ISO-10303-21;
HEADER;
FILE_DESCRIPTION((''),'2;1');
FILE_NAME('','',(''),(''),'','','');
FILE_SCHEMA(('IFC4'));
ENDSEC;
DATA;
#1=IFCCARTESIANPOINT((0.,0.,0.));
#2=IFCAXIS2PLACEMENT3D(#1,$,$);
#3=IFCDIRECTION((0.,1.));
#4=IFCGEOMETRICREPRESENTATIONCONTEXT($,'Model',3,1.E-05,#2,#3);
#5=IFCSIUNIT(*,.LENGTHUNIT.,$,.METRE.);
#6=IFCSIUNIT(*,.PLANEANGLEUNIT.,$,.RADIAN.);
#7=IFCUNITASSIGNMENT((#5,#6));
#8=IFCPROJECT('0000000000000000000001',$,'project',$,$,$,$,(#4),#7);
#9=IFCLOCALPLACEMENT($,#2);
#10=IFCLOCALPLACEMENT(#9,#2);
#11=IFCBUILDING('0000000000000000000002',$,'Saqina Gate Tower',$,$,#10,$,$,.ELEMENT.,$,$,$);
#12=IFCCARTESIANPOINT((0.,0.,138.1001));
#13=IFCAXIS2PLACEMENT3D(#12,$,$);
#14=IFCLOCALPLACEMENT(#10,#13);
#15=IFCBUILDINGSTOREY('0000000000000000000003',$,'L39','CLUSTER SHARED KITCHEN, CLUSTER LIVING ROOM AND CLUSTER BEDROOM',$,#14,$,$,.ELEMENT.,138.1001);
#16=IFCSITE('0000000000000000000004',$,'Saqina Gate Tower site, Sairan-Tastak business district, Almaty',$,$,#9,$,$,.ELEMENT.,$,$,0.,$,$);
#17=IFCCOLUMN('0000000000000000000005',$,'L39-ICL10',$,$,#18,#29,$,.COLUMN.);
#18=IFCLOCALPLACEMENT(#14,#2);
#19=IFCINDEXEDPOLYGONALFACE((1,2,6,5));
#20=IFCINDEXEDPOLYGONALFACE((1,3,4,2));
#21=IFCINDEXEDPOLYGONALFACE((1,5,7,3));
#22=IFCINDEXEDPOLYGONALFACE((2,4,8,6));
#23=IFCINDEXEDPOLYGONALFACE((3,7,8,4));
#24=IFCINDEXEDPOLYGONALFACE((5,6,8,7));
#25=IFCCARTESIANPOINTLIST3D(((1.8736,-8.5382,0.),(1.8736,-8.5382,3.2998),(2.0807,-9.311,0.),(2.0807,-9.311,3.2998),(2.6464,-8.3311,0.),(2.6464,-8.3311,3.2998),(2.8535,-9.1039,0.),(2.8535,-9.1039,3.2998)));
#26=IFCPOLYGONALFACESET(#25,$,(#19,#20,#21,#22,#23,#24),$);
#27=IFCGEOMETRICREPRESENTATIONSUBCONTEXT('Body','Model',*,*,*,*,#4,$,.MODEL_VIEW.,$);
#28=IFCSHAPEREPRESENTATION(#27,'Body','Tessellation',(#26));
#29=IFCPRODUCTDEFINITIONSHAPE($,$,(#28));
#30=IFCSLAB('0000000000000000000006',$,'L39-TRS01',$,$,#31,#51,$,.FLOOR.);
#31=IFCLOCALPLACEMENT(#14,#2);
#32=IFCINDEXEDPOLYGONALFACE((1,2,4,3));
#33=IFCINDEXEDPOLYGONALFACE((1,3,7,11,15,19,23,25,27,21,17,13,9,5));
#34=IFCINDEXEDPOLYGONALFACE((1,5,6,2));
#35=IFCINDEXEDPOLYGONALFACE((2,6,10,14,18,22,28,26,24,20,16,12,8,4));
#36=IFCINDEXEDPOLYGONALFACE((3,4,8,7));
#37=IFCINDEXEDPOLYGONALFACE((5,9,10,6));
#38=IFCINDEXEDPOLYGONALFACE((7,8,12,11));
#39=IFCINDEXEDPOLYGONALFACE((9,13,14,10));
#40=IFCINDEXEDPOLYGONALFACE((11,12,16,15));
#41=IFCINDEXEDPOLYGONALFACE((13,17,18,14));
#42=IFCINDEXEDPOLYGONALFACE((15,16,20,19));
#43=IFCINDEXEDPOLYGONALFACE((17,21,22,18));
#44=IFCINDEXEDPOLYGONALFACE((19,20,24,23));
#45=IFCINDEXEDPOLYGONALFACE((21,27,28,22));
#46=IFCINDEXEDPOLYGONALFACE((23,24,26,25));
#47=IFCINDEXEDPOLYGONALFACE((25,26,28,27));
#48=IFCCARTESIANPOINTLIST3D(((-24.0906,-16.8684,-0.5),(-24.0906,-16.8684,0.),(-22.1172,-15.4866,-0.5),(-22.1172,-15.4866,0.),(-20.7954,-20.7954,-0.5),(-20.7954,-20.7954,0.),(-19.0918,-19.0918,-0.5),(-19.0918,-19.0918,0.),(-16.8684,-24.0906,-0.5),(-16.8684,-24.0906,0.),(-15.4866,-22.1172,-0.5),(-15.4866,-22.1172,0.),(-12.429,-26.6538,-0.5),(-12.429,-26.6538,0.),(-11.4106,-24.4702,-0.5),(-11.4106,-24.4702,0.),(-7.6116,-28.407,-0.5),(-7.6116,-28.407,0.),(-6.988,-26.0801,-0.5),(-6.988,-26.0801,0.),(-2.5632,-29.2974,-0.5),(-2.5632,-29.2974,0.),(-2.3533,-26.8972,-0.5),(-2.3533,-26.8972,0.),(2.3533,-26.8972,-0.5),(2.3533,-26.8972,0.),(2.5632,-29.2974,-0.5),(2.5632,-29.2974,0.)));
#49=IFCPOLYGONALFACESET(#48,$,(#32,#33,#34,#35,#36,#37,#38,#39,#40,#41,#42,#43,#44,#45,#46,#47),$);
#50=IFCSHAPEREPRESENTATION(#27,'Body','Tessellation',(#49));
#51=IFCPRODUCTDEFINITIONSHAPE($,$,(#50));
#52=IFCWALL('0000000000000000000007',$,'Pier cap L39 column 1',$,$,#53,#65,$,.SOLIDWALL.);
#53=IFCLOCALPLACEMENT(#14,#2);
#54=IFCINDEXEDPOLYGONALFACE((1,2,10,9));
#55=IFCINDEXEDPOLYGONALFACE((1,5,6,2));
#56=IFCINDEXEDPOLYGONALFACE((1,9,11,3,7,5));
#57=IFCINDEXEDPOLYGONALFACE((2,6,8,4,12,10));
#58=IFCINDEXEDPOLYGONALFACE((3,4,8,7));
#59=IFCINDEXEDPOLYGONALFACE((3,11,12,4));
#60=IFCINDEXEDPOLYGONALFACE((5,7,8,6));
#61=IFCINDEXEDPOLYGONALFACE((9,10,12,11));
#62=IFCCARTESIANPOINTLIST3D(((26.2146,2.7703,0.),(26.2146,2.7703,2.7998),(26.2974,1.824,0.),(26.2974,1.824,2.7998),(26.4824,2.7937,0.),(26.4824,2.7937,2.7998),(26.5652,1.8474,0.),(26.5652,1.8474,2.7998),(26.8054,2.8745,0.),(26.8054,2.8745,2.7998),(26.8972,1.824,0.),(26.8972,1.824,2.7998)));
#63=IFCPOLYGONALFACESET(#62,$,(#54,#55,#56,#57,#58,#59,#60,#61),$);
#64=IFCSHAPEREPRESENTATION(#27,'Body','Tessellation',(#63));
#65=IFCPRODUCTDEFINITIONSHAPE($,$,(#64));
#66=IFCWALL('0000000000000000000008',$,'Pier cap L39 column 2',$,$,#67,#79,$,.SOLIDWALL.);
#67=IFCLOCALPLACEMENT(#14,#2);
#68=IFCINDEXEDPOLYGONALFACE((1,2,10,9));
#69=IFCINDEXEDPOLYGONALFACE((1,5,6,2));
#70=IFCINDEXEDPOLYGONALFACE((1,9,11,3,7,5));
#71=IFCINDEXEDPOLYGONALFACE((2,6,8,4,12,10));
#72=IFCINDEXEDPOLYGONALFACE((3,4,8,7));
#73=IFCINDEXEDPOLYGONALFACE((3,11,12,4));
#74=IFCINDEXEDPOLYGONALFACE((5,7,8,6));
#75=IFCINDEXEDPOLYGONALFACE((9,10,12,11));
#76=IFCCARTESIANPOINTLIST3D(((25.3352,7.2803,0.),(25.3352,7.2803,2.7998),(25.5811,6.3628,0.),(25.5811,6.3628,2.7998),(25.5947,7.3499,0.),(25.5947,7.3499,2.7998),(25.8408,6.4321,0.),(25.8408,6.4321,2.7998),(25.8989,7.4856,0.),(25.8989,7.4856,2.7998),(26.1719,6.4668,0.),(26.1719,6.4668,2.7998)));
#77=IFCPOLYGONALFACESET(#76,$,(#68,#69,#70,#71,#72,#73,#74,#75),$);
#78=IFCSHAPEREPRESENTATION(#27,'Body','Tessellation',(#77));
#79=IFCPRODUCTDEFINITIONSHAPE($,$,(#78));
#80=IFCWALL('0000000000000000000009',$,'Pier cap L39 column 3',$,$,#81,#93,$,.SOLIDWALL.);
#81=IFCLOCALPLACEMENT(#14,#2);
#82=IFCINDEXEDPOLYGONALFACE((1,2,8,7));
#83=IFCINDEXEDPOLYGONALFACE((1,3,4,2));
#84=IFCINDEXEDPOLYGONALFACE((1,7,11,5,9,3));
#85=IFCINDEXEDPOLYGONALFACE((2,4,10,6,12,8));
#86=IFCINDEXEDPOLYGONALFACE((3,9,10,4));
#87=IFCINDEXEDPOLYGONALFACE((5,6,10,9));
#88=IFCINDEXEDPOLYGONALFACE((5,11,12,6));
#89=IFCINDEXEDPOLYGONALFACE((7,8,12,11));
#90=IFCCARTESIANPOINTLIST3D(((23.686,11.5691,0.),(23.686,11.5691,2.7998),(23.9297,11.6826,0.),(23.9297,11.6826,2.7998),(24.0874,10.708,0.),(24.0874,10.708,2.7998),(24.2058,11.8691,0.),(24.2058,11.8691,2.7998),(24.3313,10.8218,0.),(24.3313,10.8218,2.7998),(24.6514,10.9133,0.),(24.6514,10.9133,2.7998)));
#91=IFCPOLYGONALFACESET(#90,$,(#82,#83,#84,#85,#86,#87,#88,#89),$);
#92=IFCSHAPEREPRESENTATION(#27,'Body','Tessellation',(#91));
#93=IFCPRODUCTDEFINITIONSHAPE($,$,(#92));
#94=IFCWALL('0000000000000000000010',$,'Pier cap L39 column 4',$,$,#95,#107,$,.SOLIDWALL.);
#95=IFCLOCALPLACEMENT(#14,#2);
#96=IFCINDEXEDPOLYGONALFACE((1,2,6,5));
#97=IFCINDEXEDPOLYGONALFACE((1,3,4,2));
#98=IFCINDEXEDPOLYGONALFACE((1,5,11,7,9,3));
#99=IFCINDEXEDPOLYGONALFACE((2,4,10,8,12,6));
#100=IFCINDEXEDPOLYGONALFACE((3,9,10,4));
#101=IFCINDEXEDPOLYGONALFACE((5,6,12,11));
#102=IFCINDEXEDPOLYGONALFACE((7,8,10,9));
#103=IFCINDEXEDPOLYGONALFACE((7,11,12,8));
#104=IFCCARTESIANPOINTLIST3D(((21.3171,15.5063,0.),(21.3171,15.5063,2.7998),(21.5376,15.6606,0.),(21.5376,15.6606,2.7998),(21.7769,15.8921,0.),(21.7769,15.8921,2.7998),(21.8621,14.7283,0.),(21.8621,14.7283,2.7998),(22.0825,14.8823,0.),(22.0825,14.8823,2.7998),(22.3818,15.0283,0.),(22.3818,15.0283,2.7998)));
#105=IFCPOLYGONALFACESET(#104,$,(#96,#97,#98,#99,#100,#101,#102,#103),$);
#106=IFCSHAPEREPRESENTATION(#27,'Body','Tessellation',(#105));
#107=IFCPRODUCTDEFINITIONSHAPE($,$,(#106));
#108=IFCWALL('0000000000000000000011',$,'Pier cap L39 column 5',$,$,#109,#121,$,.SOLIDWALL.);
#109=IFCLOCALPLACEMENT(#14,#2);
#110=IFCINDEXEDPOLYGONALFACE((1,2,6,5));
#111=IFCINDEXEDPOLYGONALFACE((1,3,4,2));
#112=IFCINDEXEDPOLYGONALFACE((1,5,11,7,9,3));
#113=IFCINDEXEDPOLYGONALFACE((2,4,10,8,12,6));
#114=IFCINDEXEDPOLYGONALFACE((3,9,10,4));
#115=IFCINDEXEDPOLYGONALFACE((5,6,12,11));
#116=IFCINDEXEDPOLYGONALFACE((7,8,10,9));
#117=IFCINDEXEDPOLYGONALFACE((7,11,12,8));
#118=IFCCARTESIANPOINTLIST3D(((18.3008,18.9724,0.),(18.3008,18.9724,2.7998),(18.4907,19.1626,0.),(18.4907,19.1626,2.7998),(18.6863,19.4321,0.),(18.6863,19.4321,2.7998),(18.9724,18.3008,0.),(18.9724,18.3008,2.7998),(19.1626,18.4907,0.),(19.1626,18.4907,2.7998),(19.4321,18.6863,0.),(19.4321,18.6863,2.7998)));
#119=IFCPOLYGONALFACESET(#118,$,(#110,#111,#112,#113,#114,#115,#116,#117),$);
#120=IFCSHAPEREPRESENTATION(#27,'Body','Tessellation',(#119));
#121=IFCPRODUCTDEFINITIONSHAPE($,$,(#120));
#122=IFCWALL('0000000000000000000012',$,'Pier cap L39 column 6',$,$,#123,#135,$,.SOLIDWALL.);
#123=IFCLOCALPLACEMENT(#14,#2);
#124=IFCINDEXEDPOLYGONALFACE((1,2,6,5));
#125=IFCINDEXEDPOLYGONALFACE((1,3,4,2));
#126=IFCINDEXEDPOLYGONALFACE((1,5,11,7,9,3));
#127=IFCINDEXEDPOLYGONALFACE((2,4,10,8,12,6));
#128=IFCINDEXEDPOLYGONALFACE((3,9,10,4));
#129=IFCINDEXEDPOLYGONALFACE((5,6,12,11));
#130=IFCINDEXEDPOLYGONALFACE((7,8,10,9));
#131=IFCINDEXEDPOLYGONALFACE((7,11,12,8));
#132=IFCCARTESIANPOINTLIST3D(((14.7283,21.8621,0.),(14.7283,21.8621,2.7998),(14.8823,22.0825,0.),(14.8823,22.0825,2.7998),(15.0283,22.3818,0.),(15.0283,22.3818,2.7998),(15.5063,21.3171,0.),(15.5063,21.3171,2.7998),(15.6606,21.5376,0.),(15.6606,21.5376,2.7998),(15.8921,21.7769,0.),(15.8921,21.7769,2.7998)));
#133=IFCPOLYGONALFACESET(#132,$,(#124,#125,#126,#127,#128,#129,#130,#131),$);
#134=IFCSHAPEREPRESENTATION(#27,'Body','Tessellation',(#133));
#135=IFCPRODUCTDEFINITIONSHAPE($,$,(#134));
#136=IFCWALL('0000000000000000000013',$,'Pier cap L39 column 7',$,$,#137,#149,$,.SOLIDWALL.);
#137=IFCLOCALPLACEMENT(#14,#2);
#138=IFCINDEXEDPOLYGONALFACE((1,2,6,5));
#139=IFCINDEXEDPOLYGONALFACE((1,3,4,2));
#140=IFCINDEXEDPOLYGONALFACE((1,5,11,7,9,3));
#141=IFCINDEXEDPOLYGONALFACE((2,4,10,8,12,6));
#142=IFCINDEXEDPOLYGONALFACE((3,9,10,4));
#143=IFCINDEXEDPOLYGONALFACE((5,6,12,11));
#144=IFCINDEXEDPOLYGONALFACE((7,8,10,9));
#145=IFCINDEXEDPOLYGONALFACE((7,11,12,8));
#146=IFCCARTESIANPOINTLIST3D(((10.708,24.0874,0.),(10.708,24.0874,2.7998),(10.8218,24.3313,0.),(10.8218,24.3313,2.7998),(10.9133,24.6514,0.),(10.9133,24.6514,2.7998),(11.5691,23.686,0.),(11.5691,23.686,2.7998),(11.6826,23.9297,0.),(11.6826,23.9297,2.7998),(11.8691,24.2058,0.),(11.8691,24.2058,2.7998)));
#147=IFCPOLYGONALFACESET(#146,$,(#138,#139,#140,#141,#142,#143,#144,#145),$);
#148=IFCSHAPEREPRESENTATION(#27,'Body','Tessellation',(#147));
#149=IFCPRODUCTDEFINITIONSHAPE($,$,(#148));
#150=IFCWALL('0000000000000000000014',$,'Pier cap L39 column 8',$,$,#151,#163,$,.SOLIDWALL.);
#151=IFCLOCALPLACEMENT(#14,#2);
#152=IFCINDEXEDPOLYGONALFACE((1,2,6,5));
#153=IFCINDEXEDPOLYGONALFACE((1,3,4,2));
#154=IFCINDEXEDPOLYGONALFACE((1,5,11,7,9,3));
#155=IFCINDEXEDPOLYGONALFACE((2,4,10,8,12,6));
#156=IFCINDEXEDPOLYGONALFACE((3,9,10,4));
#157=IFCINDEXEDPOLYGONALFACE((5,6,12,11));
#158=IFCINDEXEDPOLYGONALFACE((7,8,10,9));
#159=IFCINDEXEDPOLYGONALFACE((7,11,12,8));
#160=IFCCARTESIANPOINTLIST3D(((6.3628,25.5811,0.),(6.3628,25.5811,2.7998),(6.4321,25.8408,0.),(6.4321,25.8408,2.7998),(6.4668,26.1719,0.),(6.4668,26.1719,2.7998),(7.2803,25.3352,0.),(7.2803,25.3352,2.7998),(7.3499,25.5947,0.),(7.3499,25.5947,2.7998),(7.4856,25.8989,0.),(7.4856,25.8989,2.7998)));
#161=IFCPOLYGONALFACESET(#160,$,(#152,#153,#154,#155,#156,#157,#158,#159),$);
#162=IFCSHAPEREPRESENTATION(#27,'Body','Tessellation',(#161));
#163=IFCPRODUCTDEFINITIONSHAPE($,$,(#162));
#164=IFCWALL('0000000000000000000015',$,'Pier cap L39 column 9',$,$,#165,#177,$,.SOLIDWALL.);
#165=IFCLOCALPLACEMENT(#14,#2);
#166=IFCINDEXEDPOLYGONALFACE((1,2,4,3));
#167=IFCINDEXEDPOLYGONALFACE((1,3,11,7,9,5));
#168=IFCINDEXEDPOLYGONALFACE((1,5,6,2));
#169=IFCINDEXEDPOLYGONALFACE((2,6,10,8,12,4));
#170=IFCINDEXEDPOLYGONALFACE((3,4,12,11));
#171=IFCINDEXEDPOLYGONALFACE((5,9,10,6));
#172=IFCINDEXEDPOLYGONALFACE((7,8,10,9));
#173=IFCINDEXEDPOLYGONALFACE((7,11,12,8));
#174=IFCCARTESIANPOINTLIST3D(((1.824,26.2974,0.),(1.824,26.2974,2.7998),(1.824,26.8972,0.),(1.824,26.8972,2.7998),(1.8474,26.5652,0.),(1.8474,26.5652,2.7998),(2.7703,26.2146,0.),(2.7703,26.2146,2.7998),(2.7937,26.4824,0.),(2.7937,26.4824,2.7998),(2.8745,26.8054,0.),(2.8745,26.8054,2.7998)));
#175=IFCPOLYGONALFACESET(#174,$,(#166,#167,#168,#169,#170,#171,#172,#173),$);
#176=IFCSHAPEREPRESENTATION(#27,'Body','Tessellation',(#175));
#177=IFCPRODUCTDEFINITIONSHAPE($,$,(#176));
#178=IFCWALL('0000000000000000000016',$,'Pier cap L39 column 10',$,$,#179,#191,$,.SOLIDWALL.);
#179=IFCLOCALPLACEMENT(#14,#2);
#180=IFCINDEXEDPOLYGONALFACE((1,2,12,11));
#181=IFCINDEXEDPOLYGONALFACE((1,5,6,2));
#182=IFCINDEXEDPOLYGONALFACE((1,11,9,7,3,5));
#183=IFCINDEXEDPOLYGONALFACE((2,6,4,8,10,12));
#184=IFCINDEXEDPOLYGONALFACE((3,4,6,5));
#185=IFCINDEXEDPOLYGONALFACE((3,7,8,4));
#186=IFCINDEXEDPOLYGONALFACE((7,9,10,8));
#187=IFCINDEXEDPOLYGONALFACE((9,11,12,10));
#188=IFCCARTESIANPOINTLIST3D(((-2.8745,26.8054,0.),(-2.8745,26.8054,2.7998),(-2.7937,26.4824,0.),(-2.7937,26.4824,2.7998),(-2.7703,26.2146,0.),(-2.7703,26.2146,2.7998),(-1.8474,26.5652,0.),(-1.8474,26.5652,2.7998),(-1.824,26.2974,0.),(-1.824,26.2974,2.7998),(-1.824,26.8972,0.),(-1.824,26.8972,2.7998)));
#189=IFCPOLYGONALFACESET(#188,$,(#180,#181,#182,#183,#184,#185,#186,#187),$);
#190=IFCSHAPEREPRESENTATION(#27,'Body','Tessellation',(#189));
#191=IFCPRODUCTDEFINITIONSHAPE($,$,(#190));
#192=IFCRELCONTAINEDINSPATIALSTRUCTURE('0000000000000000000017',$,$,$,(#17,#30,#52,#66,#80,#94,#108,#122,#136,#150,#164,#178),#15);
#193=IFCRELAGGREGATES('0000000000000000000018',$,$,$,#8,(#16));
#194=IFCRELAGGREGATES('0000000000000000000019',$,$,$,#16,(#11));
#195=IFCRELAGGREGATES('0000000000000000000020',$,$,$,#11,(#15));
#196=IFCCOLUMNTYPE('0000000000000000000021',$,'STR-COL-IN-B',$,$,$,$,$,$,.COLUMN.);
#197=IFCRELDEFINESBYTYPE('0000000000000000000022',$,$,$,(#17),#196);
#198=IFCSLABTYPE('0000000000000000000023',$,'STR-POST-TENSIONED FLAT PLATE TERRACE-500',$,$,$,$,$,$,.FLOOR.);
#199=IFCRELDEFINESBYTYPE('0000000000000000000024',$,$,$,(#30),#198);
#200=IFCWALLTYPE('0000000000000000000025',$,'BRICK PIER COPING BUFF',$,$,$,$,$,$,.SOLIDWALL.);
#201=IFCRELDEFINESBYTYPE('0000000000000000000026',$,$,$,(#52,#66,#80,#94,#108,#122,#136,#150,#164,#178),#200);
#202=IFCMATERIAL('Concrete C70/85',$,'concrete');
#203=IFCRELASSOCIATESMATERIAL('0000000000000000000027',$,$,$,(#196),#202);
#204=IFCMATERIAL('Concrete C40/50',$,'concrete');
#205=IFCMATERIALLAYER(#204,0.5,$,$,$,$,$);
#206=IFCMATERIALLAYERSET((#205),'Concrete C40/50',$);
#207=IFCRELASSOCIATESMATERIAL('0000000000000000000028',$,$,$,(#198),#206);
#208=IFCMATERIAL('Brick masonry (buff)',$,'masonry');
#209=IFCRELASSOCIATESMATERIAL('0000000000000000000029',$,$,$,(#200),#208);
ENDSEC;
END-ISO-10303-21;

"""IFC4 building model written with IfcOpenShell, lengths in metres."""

from ifc_helpers import new_model, si_unit, direction, frame, origin, origin_2d, place, context, subcontext, project, spatial, polyline, rectangle, outline, extrude, material, layer, layer_set, material_profile, profile_set, type_object, element, save


model = new_model("IFC4")

# Units and contexts
model_context = context("Model", 3, precision=1e-05, world=origin(), true_north=direction((0.0, 1.0)))
body_context = subcontext(model_context, "Body", "Model", "MODEL_VIEW")
ifc_project = project(units=[si_unit("LENGTHUNIT", "METRE"), si_unit("PLANEANGLEUNIT", "RADIAN")], contexts=[model_context])

# Site, building, storey
site_placement = place(None, origin())
site = spatial("IfcSite", under=ifc_project, at=site_placement, Name="Saqina Gate Tower site, Sairan-Tastak business district, Almaty", CompositionType="ELEMENT", RefElevation=0.0)
building_placement = place(site_placement, origin())
building = spatial("IfcBuilding", under=site, at=building_placement, Name="Saqina Gate Tower", CompositionType="ELEMENT")
storey_placement = place(building_placement, frame((0.0, 0.0, 138.1001)))
storey = spatial("IfcBuildingStorey", under=building, at=storey_placement, Name="L39", Description="CLUSTER SHARED KITCHEN, CLUSTER LIVING ROOM AND CLUSTER BEDROOM", CompositionType="ELEMENT", Elevation=138.1001)

# Column
ifc_material_1 = material(Name="Concrete C70/85", Category="concrete")
ifc_material_profile = material_profile(ifc_material_1, rectangle(XDim=0.8, YDim=0.8, at=origin_2d()), Name="RC 800x800")
ifc_profile_set = profile_set([ifc_material_profile], Name="Concrete C70/85")
column_type = type_object("IfcColumnType", Name="STR-COL-IN-B", PredefinedType="COLUMN", material=ifc_profile_set)
column_placement = place(storey_placement, frame((2.3635, -8.821, 0.0), z_axis=(0.0, 0.0, 1.0), x_axis=(0.258819, -0.965926, 0.0)))
element("IfcColumn", 1, at=column_placement, inside=storey, type_object=column_type, Name="L39-ICL10", PredefinedType="COLUMN", context=body_context, shape_type="SweptSolid", body=[
    extrude(rectangle(XDim=0.8, YDim=0.8, at=origin_2d()), origin(), (0.0, 0.0, 1.0), 3.2998),
])

# Slab
ifc_material_2 = material(Name="Concrete C40/50", Category="concrete")
ifc_layer_1 = layer(ifc_material_2, 0.5)
ifc_layer_set_1 = layer_set([ifc_layer_1], Name="Concrete C40/50")
slab_type = type_object("IfcSlabType", Name="STR-POST-TENSIONED FLAT PLATE TERRACE-500", PredefinedType="FLOOR", material=ifc_layer_set_1)
slab_placement = place(storey_placement, frame((0.0, 0.0, -0.5)))
element("IfcSlab", 2, at=slab_placement, inside=storey, type_object=slab_type, Name="L39-TRS01", PredefinedType="FLOOR", context=body_context, shape_type="SweptSolid", body=[
    extrude(outline(polyline([(-22.1172, -15.4866), (-19.0918, -19.0918), (-15.4866, -22.1172), (-11.4106, -24.4702), (-6.988, -26.0801), (-2.3533, -26.8972), (2.3533, -26.8972), (2.5632, -29.2974), (-2.5632, -29.2974), (-7.6116, -28.407), (-12.429, -26.6538), (-16.8684, -24.0906), (-20.7954, -20.7954), (-24.0906, -16.8684), (-22.1172, -15.4866)])), origin(), (0.0, 0.0, 1.0), 0.5),
])

# Walls
ifc_material_3 = material(Name="Brick masonry (buff)", Category="masonry")
wall_type_1 = type_object("IfcWallType", Name="BRICK PIER COPING BUFF", PredefinedType="SOLIDWALL", material=ifc_material_3)
wall_1_placement = place(storey_placement, origin())
element("IfcWall", 3, at=wall_1_placement, inside=storey, type_object=wall_type_1, Name="Pier cap L39 column 1", PredefinedType="SOLIDWALL", context=body_context, shape_type="SweptSolid", body=[
    extrude(outline(polyline([(26.8054, 2.8745), (26.2146, 2.7703), (26.4824, 2.7937), (26.5652, 1.8474), (26.2974, 1.824), (26.8972, 1.824), (26.8054, 2.8745)])), origin(), (0.0, 0.0, 1.0), 2.7998),
])
wall_2_placement = place(storey_placement, origin())
element("IfcWall", 4, at=wall_2_placement, inside=storey, type_object=wall_type_1, Name="Pier cap L39 column 2", PredefinedType="SOLIDWALL", context=body_context, shape_type="SweptSolid", body=[
    extrude(outline(polyline([(26.1719, 6.4668), (25.8989, 7.4856), (25.3352, 7.2803), (25.5947, 7.3499), (25.8408, 6.4321), (25.5811, 6.3628), (26.1719, 6.4668)])), origin(), (0.0, 0.0, 1.0), 2.7998),
])
wall_3_placement = place(storey_placement, origin())
element("IfcWall", 5, at=wall_3_placement, inside=storey, type_object=wall_type_1, Name="Pier cap L39 column 3", PredefinedType="SOLIDWALL", context=body_context, shape_type="SweptSolid", body=[
    extrude(outline(polyline([(24.6514, 10.9133), (24.2058, 11.8691), (23.686, 11.5691), (23.9297, 11.6826), (24.3313, 10.8218), (24.0874, 10.708), (24.6514, 10.9133)])), origin(), (0.0, 0.0, 1.0), 2.7998),
])
wall_4_placement = place(storey_placement, origin())
element("IfcWall", 6, at=wall_4_placement, inside=storey, type_object=wall_type_1, Name="Pier cap L39 column 4", PredefinedType="SOLIDWALL", context=body_context, shape_type="SweptSolid", body=[
    extrude(outline(polyline([(21.7769, 15.8921), (21.3171, 15.5063), (21.5376, 15.6606), (22.0825, 14.8823), (21.8621, 14.7283), (22.3818, 15.0283), (21.7769, 15.8921)])), origin(), (0.0, 0.0, 1.0), 2.7998),
])
wall_5_placement = place(storey_placement, origin())
element("IfcWall", 7, at=wall_5_placement, inside=storey, type_object=wall_type_1, Name="Pier cap L39 column 5", PredefinedType="SOLIDWALL", context=body_context, shape_type="SweptSolid", body=[
    extrude(outline(polyline([(19.4321, 18.6863), (18.6863, 19.4321), (18.3008, 18.9724), (18.4907, 19.1626), (19.1626, 18.4907), (18.9724, 18.3008), (19.4321, 18.6863)])), origin(), (0.0, 0.0, 1.0), 2.7998),
])
wall_6_placement = place(storey_placement, origin())
element("IfcWall", 8, at=wall_6_placement, inside=storey, type_object=wall_type_1, Name="Pier cap L39 column 6", PredefinedType="SOLIDWALL", context=body_context, shape_type="SweptSolid", body=[
    extrude(outline(polyline([(15.0283, 22.3818), (14.7283, 21.8621), (14.8823, 22.0825), (15.6606, 21.5376), (15.5063, 21.3171), (15.8921, 21.7769), (15.0283, 22.3818)])), origin(), (0.0, 0.0, 1.0), 2.7998),
])
wall_7_placement = place(storey_placement, origin())
element("IfcWall", 9, at=wall_7_placement, inside=storey, type_object=wall_type_1, Name="Pier cap L39 column 7", PredefinedType="SOLIDWALL", context=body_context, shape_type="SweptSolid", body=[
    extrude(outline(polyline([(10.9133, 24.6514), (10.708, 24.0874), (10.8218, 24.3313), (11.6826, 23.9297), (11.5691, 23.686), (11.8691, 24.2058), (10.9133, 24.6514)])), origin(), (0.0, 0.0, 1.0), 2.7998),
])
wall_8_placement = place(storey_placement, origin())
element("IfcWall", 10, at=wall_8_placement, inside=storey, type_object=wall_type_1, Name="Pier cap L39 column 8", PredefinedType="SOLIDWALL", context=body_context, shape_type="SweptSolid", body=[
    extrude(outline(polyline([(7.4856, 25.8989), (6.4668, 26.1719), (6.3628, 25.5811), (6.4321, 25.8408), (7.3499, 25.5947), (7.2803, 25.3352), (7.4856, 25.8989)])), origin(), (0.0, 0.0, 1.0), 2.7998),
])
wall_9_placement = place(storey_placement, origin())
element("IfcWall", 11, at=wall_9_placement, inside=storey, type_object=wall_type_1, Name="Pier cap L39 column 9", PredefinedType="SOLIDWALL", context=body_context, shape_type="SweptSolid", body=[
    extrude(outline(polyline([(2.8745, 26.8054), (1.824, 26.8972), (1.824, 26.2974), (1.8474, 26.5652), (2.7937, 26.4824), (2.7703, 26.2146), (2.8745, 26.8054)])), origin(), (0.0, 0.0, 1.0), 2.7998),
])
wall_10_placement = place(storey_placement, origin())
element("IfcWall", 12, at=wall_10_placement, inside=storey, type_object=wall_type_1, Name="Pier cap L39 column 10", PredefinedType="SOLIDWALL", context=body_context, shape_type="SweptSolid", body=[
    extrude(outline(polyline([(-2.8745, 26.8054), (-2.7703, 26.2146), (-2.7937, 26.4824), (-1.8474, 26.5652), (-1.824, 26.2974), (-1.824, 26.8972), (-2.8745, 26.8054)])), origin(), (0.0, 0.0, 1.0), 2.7998),
])

save(model, "model.ifc")
